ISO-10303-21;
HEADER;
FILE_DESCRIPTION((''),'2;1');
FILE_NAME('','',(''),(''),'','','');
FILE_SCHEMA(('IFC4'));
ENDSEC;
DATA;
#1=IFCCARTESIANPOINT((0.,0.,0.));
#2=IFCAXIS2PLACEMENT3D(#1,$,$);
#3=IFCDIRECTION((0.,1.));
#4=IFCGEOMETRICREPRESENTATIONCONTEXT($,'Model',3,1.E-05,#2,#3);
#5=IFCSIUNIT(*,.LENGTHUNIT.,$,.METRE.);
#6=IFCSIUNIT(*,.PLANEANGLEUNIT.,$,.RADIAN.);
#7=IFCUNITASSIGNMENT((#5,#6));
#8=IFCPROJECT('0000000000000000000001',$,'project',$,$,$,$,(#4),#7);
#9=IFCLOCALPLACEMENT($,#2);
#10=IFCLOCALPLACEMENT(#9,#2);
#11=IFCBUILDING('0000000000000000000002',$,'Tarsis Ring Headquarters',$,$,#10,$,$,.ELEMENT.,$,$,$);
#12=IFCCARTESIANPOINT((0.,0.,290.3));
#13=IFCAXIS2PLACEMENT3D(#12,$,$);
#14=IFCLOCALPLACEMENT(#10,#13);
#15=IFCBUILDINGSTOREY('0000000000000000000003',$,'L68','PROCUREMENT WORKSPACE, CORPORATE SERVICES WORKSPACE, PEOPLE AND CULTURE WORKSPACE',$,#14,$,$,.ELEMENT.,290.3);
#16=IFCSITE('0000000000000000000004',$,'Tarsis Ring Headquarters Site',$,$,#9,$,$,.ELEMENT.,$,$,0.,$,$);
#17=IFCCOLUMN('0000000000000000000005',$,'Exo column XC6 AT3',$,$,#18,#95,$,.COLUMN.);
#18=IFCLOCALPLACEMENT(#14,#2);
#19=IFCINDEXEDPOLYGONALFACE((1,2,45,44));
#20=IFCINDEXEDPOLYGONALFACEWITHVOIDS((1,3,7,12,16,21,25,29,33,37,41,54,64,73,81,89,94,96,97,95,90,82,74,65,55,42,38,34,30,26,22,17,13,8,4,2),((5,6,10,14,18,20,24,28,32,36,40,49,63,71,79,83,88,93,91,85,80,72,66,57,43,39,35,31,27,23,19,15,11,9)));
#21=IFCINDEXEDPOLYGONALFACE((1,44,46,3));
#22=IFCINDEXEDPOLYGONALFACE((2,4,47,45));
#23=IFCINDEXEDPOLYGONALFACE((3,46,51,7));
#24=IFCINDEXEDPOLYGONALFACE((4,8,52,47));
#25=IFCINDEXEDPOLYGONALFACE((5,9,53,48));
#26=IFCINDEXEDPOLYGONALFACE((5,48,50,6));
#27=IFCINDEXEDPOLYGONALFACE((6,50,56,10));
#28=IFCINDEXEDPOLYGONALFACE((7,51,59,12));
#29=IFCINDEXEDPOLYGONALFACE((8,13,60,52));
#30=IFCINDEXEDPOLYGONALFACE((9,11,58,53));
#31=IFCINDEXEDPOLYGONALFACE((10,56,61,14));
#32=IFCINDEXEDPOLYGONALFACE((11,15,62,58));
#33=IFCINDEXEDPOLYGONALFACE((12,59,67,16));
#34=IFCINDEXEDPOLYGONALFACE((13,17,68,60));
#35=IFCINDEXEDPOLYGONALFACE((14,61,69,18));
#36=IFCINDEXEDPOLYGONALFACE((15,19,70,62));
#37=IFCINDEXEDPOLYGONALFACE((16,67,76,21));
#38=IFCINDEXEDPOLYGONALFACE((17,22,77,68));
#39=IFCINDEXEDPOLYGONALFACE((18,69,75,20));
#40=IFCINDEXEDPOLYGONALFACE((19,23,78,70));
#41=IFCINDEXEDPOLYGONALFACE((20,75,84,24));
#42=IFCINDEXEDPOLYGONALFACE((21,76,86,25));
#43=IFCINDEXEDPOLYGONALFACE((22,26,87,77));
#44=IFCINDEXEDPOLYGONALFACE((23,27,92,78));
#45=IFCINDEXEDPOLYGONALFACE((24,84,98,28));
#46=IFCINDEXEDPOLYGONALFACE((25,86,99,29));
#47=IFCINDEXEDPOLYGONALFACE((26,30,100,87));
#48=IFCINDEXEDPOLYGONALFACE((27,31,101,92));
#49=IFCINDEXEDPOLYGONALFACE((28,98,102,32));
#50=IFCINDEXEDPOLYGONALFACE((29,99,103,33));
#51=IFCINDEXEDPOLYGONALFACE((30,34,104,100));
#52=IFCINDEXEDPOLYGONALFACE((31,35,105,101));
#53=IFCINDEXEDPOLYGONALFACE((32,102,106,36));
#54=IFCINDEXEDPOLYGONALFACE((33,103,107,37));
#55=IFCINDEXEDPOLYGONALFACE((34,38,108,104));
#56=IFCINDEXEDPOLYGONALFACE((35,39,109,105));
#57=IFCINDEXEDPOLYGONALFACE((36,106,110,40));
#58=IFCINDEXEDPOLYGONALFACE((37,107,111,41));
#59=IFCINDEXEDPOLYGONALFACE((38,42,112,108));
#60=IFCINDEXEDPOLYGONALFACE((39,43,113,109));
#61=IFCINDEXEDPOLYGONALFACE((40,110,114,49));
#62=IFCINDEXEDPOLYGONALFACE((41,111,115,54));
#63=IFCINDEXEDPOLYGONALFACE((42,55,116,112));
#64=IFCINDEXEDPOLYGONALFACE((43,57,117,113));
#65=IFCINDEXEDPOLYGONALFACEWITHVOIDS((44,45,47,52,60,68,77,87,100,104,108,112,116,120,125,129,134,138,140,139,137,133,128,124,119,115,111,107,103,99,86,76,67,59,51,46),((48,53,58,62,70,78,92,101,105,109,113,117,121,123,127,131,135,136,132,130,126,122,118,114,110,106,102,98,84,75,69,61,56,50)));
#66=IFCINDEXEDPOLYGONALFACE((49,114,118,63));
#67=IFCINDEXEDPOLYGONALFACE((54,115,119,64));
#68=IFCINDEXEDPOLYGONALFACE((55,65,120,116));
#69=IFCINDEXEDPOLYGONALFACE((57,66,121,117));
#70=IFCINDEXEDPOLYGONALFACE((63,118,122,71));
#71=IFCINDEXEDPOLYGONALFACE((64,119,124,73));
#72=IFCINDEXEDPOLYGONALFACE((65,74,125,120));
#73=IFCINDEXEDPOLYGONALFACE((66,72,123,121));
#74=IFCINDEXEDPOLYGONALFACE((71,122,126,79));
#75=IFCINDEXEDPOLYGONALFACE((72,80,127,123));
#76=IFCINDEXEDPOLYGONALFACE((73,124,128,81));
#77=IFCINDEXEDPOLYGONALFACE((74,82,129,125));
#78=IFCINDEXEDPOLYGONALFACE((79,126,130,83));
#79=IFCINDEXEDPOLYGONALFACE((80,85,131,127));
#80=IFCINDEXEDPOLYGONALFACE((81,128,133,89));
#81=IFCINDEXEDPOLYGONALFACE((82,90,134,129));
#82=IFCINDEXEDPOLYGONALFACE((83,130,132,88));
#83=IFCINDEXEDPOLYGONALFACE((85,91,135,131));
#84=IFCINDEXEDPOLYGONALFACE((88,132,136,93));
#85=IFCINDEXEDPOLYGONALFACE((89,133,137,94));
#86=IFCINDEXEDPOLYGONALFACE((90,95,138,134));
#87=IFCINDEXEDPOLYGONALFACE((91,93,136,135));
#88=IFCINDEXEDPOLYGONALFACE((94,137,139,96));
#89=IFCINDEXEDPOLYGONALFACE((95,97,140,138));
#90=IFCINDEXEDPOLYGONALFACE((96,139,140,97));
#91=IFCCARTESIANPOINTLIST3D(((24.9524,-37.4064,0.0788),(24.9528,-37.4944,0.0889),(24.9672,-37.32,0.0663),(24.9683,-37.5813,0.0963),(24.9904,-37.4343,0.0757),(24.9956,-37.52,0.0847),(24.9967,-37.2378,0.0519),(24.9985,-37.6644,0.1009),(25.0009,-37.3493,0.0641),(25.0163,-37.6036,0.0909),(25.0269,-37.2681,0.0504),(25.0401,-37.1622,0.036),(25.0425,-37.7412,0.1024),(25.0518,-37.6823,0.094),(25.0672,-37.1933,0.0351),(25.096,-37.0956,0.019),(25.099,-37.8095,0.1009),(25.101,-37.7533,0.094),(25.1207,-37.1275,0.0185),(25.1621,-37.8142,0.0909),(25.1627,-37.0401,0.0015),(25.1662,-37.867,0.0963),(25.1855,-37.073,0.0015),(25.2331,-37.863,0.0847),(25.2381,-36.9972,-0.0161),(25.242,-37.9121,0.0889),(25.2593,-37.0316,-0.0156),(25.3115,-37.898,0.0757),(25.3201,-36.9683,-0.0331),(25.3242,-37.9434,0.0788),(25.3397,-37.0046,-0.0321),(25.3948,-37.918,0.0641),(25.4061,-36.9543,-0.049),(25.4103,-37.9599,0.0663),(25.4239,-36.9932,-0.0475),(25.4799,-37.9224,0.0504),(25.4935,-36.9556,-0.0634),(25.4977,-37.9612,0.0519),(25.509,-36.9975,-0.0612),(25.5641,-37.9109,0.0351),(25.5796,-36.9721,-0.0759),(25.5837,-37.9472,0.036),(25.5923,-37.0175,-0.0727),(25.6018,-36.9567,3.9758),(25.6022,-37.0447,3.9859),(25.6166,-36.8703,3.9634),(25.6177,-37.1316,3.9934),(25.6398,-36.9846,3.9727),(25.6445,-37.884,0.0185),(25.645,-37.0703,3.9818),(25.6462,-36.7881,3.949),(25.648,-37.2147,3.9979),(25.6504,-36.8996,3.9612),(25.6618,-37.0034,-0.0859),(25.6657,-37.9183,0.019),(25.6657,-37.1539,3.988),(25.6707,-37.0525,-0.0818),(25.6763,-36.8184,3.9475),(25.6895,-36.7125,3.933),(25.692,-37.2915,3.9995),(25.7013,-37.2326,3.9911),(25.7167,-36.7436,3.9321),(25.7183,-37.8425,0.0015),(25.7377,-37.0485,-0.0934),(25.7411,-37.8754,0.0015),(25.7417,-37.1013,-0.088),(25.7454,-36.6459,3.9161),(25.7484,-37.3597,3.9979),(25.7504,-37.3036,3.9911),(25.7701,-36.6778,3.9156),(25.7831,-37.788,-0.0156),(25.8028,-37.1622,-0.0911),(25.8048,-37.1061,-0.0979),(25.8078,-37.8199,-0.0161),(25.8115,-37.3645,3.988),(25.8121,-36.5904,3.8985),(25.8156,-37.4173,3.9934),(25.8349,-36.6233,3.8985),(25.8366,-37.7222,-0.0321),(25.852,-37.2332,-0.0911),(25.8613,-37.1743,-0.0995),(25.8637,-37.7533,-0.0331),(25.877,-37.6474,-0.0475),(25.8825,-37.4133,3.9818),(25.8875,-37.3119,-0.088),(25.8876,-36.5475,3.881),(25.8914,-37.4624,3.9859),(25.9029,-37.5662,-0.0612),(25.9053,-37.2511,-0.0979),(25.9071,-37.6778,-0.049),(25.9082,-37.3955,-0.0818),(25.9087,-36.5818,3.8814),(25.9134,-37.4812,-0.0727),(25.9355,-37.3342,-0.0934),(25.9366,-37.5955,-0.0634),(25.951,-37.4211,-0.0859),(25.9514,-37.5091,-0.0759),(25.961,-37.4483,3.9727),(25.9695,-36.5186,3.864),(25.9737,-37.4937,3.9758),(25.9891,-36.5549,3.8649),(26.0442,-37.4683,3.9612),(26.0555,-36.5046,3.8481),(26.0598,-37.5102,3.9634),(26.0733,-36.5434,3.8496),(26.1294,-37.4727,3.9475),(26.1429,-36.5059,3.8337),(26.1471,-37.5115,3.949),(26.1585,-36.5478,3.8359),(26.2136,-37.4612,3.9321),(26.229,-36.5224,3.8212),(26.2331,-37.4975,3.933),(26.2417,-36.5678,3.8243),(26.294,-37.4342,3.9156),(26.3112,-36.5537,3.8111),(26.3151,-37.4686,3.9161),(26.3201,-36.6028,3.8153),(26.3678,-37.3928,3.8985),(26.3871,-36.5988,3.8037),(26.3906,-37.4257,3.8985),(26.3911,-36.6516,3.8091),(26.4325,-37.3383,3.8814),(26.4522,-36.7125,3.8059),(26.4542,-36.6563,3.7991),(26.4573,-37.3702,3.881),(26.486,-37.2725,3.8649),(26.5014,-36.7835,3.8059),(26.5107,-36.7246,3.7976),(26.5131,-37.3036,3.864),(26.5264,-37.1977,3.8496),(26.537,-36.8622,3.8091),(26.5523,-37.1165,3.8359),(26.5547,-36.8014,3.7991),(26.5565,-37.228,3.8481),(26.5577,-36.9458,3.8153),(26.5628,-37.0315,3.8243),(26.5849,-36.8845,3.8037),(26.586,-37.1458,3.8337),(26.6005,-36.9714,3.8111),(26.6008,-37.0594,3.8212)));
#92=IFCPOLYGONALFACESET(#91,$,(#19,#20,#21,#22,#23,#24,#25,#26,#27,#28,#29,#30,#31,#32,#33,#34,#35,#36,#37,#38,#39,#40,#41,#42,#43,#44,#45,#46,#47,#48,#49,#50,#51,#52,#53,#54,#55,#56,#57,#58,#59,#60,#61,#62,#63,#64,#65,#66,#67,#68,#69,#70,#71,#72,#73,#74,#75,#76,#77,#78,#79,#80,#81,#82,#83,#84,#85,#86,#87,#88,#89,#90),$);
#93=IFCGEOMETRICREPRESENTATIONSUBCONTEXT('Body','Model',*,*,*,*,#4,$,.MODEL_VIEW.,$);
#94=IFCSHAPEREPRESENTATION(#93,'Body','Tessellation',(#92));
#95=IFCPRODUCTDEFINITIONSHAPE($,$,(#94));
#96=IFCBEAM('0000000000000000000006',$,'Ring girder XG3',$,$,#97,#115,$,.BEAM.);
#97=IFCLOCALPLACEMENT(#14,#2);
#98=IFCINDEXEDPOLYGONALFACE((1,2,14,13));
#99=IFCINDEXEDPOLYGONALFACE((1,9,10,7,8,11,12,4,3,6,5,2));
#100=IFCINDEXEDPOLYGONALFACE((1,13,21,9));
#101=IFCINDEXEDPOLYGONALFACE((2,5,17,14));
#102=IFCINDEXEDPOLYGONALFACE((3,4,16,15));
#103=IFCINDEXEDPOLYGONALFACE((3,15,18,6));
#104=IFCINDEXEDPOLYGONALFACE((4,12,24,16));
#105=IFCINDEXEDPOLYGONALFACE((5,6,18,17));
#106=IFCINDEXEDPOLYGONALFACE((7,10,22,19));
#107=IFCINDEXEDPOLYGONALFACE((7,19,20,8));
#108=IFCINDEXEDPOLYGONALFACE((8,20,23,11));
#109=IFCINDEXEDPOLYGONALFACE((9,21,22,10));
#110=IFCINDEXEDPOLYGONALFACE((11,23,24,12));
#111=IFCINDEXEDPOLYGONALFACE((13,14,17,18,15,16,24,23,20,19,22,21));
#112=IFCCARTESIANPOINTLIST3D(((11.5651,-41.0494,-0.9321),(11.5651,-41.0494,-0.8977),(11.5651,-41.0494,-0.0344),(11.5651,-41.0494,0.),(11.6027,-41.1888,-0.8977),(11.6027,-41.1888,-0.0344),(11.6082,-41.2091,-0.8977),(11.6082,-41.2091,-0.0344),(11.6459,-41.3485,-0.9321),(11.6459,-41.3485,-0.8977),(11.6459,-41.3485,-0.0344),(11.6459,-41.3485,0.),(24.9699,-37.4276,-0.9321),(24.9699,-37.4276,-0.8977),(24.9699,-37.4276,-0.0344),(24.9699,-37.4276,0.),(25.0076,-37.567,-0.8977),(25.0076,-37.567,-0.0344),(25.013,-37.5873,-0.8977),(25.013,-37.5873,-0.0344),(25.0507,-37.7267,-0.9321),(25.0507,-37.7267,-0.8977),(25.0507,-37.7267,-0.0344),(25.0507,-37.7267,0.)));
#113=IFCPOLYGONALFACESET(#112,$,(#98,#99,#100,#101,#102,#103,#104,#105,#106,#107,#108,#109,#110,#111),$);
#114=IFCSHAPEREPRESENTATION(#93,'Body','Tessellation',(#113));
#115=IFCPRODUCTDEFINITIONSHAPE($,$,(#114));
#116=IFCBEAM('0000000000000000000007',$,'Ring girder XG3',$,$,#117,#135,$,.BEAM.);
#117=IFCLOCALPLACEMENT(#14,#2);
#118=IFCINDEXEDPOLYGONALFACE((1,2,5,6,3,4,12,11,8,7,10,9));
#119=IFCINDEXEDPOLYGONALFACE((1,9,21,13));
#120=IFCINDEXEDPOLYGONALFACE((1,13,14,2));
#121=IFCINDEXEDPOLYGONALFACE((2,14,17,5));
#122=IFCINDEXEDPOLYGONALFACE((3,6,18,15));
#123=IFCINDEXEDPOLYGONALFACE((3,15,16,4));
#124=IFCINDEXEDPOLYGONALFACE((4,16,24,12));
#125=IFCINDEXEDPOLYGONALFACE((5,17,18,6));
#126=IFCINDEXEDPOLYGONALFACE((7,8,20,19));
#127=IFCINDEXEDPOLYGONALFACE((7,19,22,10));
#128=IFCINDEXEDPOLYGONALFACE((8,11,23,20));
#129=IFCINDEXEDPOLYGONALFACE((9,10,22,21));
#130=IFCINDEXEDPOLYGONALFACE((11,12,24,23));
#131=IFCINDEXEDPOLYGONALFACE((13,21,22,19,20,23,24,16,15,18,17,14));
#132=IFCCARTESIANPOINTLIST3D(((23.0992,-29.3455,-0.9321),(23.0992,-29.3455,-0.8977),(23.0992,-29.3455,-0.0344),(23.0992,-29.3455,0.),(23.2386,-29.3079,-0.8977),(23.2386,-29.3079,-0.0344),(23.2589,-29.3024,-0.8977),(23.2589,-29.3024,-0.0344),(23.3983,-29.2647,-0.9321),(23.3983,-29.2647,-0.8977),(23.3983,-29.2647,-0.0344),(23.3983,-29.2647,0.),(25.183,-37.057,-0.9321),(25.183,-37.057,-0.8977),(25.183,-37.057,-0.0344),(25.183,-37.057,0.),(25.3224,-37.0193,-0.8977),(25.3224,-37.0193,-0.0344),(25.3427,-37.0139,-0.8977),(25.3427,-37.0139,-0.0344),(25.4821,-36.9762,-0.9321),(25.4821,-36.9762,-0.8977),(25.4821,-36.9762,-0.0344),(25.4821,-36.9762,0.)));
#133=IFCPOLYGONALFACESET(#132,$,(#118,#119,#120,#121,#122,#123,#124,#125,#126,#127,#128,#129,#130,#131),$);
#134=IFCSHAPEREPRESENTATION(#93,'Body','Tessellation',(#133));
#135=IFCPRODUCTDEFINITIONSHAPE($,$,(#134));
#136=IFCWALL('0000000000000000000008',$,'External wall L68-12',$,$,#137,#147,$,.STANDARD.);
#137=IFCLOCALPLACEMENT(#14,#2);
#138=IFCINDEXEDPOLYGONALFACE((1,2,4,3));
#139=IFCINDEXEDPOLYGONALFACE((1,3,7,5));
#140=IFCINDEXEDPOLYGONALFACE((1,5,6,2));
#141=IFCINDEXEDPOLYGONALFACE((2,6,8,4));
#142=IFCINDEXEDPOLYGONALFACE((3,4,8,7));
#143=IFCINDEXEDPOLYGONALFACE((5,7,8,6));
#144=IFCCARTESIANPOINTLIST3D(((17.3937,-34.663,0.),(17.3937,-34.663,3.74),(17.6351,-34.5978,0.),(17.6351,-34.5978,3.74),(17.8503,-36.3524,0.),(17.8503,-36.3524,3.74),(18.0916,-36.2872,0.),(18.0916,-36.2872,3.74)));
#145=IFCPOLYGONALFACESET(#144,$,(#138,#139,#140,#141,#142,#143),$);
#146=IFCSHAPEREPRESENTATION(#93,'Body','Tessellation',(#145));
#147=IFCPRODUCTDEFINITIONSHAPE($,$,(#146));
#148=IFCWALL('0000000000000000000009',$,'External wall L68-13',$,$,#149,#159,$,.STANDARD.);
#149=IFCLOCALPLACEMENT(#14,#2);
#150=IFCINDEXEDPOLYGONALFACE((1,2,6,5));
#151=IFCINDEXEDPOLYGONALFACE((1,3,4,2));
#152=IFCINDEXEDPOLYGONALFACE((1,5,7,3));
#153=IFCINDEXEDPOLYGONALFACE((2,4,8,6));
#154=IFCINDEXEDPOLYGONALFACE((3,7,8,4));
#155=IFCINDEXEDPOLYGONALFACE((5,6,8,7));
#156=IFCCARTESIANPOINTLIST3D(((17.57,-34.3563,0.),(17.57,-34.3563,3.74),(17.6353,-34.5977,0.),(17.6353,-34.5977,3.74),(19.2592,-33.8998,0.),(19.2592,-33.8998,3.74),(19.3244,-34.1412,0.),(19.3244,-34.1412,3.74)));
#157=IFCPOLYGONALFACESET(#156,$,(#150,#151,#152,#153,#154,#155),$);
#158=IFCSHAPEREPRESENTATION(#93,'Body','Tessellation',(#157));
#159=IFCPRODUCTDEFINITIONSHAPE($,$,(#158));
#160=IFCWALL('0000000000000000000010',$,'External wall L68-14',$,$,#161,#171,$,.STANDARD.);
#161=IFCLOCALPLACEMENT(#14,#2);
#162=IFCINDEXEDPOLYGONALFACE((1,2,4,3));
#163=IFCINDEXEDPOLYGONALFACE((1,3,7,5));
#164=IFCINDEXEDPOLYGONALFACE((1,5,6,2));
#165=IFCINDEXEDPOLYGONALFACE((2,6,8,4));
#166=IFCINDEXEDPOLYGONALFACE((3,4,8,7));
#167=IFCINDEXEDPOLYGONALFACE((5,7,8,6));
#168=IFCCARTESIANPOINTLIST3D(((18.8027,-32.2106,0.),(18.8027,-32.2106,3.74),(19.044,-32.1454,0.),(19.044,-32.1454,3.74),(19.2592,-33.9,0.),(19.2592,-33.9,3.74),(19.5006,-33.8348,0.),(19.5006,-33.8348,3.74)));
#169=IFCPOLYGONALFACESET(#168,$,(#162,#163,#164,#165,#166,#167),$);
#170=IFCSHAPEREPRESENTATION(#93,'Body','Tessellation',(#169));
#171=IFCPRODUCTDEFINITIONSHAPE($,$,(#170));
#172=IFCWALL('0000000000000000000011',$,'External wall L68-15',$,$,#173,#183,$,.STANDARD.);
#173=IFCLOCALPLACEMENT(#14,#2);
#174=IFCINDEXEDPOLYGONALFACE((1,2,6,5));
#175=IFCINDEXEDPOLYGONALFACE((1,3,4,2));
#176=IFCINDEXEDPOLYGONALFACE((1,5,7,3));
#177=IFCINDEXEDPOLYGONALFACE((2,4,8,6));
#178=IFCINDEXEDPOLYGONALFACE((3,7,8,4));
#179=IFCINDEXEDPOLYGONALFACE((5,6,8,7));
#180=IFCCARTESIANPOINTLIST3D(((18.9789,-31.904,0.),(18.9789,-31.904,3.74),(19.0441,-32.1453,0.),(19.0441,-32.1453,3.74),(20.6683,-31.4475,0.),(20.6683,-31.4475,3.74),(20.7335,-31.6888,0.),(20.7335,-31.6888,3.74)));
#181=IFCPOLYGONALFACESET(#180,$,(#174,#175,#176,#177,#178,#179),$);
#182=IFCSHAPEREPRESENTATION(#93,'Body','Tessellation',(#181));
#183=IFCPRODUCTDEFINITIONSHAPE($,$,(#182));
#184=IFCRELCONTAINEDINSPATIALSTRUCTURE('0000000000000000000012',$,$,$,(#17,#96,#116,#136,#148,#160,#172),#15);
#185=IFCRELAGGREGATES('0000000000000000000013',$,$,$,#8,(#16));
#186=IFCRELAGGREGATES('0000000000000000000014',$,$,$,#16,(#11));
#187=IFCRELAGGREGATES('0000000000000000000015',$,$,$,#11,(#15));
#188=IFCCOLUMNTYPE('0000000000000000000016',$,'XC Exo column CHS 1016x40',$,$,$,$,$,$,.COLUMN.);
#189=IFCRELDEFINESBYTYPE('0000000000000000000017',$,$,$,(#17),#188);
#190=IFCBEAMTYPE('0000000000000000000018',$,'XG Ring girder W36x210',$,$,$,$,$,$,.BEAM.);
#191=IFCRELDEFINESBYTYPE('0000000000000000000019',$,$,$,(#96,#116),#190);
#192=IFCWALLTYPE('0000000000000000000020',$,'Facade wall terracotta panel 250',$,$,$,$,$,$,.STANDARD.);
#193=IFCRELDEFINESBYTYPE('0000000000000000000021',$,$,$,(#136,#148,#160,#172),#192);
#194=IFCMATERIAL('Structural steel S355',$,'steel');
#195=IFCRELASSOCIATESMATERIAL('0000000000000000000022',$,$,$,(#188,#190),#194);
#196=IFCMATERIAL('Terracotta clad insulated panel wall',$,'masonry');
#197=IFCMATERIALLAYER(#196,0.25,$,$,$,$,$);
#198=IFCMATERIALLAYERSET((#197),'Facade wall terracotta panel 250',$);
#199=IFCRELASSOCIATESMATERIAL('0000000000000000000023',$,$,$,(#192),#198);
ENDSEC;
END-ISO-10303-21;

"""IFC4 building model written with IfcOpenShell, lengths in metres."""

from ifc_helpers import new_model, si_unit, direction, frame, frame_2d, origin, origin_2d, place, context, subcontext, project, spatial, rectangle, hollow_circle, i_section, extrude, material, layer, layer_set, material_profile, profile_set, type_object, element, save


model = new_model("IFC4")

# Units and contexts
model_context = context("Model", 3, precision=1e-05, world=origin(), true_north=direction((0.0, 1.0)))
body_context = subcontext(model_context, "Body", "Model", "MODEL_VIEW")
ifc_project = project(units=[si_unit("LENGTHUNIT", "METRE"), si_unit("PLANEANGLEUNIT", "RADIAN")], contexts=[model_context])

# Site, building, storey
site_placement = place(None, origin())
site = spatial("IfcSite", under=ifc_project, at=site_placement, Name="Tarsis Ring Headquarters Site", CompositionType="ELEMENT", RefElevation=0.0)
building_placement = place(site_placement, origin())
building = spatial("IfcBuilding", under=site, at=building_placement, Name="Tarsis Ring Headquarters", CompositionType="ELEMENT")
storey_placement = place(building_placement, frame((0.0, 0.0, 290.3)))
storey = spatial("IfcBuildingStorey", under=building, at=storey_placement, Name="L68", Description="PROCUREMENT WORKSPACE, CORPORATE SERVICES WORKSPACE, PEOPLE AND CULTURE WORKSPACE", CompositionType="ELEMENT", Elevation=290.3)

# Column
ifc_material_1 = material(Name="Structural steel S355", Category="steel")
ifc_material_profile_1 = material_profile(ifc_material_1, hollow_circle(Radius=0.5081, WallThickness=0.04, at=origin_2d()), Name="CHS 1016x40")
ifc_profile_set_1 = profile_set([ifc_material_profile_1], Name="Structural steel S355")
column_type = type_object("IfcColumnType", Name="XC Exo column CHS 1016x40", PredefinedType="COLUMN", material=ifc_profile_set_1)
column_placement = place(storey_placement, frame((25.4519, -37.4578, 0.0015), z_axis=(0.163324, 0.113099, 0.980068), x_axis=(-0.569306, 0.822125, 0.0)))
element("IfcColumn", 1, at=column_placement, inside=storey, type_object=column_type, Name="Exo column XC6 AT3", PredefinedType="COLUMN", context=body_context, shape_type="SweptSolid", body=[
    extrude(hollow_circle(Radius=0.5081, WallThickness=0.04, at=origin_2d()), origin(), (0.0, 0.0, 1.0), 3.9763),
])

# Beams
ifc_material_profile_2 = material_profile(ifc_material_1, i_section(OverallWidth=0.3098, OverallDepth=0.9321, WebThickness=0.021, FlangeThickness=0.0344, at=origin_2d()), Name="W36x210")
ifc_profile_set_2 = profile_set([ifc_material_profile_2], Name="Structural steel S355")
beam_type = type_object("IfcBeamType", Name="XG Ring girder W36x210", PredefinedType="BEAM", material=ifc_profile_set_2)
beam_1_placement = place(storey_placement, frame((11.6055, -41.199, -0.4661), z_axis=(0.965383, 0.260836, 0.0), x_axis=(-0.260836, 0.965383, 0.0)))
element("IfcBeam", 2, at=beam_1_placement, inside=storey, type_object=beam_type, Name="Ring girder XG3", PredefinedType="BEAM", context=body_context, shape_type="SweptSolid", body=[
    extrude(i_section(OverallWidth=0.3098, OverallDepth=0.9321, WebThickness=0.021, FlangeThickness=0.0344, at=origin_2d()), origin(), (0.0, 0.0, 1.0), 13.8855),
])
beam_2_placement = place(storey_placement, frame((25.3325, -37.0166, -0.4661), z_axis=(-0.260859, 0.965377, 0.0), x_axis=(-0.965377, -0.260859, 0.0)))
element("IfcBeam", 3, at=beam_2_placement, inside=storey, type_object=beam_type, Name="Ring girder XG3", PredefinedType="BEAM", context=body_context, shape_type="SweptSolid", body=[
    extrude(i_section(OverallWidth=0.3098, OverallDepth=0.9321, WebThickness=0.021, FlangeThickness=0.0344, at=origin_2d()), origin(), (0.0, 0.0, 1.0), 7.988),
])

# Walls
ifc_material_2 = material(Name="Terracotta clad insulated panel wall", Category="masonry")
ifc_layer = layer(ifc_material_2, 0.25)
ifc_layer_set = layer_set([ifc_layer], Name="Facade wall terracotta panel 250")
wall_type = type_object("IfcWallType", Name="Facade wall terracotta panel 250", PredefinedType="STANDARD", material=ifc_layer_set)
wall_1_placement = place(storey_placement, frame((17.9709, -36.3198, 0.0), z_axis=(0.0, 0.0, 1.0), x_axis=(-0.260874, 0.965373, 0.0)))
element("IfcWall", 4, at=wall_1_placement, inside=storey, type_object=wall_type, Name="External wall L68-12", PredefinedType="STANDARD", context=body_context, shape_type="SweptSolid", body=[
    extrude(rectangle(XDim=1.75, YDim=0.25, at=frame_2d((0.875, 0.0))), origin(), (0.0, 0.0, 1.0), 3.74),
])
wall_2_placement = place(storey_placement, frame((17.6025, -34.4771, 0.0), z_axis=(0.0, 0.0, 1.0), x_axis=(0.965363, 0.260909, 0.0)))
element("IfcWall", 5, at=wall_2_placement, inside=storey, type_object=wall_type, Name="External wall L68-13", PredefinedType="STANDARD", context=body_context, shape_type="SweptSolid", body=[
    extrude(rectangle(XDim=1.7498, YDim=0.25, at=frame_2d((0.875, 0.0))), origin(), (0.0, 0.0, 1.0), 3.74),
])
for number, where, z_axis, x_axis, name in (
    (6, (19.3799, -33.8674, 0.0), (0.0, 0.0, 1.0), (-0.260874, 0.965373, 0.0), "External wall L68-14"),
    (7, (19.0115, -32.0247, 0.0), (0.0, 0.0, 1.0), (0.965373, 0.260874, 0.0), "External wall L68-15"),
):
    element("IfcWall", number, at=place(storey_placement, frame(where, z_axis=z_axis, x_axis=x_axis)), inside=storey, type_object=wall_type, Name=name, PredefinedType="STANDARD", context=body_context, shape_type="SweptSolid", body=[
        extrude(rectangle(XDim=1.75, YDim=0.25, at=frame_2d((0.875, 0.0))), origin(), (0.0, 0.0, 1.0), 3.74),
    ])

save(model, "model.ifc")
